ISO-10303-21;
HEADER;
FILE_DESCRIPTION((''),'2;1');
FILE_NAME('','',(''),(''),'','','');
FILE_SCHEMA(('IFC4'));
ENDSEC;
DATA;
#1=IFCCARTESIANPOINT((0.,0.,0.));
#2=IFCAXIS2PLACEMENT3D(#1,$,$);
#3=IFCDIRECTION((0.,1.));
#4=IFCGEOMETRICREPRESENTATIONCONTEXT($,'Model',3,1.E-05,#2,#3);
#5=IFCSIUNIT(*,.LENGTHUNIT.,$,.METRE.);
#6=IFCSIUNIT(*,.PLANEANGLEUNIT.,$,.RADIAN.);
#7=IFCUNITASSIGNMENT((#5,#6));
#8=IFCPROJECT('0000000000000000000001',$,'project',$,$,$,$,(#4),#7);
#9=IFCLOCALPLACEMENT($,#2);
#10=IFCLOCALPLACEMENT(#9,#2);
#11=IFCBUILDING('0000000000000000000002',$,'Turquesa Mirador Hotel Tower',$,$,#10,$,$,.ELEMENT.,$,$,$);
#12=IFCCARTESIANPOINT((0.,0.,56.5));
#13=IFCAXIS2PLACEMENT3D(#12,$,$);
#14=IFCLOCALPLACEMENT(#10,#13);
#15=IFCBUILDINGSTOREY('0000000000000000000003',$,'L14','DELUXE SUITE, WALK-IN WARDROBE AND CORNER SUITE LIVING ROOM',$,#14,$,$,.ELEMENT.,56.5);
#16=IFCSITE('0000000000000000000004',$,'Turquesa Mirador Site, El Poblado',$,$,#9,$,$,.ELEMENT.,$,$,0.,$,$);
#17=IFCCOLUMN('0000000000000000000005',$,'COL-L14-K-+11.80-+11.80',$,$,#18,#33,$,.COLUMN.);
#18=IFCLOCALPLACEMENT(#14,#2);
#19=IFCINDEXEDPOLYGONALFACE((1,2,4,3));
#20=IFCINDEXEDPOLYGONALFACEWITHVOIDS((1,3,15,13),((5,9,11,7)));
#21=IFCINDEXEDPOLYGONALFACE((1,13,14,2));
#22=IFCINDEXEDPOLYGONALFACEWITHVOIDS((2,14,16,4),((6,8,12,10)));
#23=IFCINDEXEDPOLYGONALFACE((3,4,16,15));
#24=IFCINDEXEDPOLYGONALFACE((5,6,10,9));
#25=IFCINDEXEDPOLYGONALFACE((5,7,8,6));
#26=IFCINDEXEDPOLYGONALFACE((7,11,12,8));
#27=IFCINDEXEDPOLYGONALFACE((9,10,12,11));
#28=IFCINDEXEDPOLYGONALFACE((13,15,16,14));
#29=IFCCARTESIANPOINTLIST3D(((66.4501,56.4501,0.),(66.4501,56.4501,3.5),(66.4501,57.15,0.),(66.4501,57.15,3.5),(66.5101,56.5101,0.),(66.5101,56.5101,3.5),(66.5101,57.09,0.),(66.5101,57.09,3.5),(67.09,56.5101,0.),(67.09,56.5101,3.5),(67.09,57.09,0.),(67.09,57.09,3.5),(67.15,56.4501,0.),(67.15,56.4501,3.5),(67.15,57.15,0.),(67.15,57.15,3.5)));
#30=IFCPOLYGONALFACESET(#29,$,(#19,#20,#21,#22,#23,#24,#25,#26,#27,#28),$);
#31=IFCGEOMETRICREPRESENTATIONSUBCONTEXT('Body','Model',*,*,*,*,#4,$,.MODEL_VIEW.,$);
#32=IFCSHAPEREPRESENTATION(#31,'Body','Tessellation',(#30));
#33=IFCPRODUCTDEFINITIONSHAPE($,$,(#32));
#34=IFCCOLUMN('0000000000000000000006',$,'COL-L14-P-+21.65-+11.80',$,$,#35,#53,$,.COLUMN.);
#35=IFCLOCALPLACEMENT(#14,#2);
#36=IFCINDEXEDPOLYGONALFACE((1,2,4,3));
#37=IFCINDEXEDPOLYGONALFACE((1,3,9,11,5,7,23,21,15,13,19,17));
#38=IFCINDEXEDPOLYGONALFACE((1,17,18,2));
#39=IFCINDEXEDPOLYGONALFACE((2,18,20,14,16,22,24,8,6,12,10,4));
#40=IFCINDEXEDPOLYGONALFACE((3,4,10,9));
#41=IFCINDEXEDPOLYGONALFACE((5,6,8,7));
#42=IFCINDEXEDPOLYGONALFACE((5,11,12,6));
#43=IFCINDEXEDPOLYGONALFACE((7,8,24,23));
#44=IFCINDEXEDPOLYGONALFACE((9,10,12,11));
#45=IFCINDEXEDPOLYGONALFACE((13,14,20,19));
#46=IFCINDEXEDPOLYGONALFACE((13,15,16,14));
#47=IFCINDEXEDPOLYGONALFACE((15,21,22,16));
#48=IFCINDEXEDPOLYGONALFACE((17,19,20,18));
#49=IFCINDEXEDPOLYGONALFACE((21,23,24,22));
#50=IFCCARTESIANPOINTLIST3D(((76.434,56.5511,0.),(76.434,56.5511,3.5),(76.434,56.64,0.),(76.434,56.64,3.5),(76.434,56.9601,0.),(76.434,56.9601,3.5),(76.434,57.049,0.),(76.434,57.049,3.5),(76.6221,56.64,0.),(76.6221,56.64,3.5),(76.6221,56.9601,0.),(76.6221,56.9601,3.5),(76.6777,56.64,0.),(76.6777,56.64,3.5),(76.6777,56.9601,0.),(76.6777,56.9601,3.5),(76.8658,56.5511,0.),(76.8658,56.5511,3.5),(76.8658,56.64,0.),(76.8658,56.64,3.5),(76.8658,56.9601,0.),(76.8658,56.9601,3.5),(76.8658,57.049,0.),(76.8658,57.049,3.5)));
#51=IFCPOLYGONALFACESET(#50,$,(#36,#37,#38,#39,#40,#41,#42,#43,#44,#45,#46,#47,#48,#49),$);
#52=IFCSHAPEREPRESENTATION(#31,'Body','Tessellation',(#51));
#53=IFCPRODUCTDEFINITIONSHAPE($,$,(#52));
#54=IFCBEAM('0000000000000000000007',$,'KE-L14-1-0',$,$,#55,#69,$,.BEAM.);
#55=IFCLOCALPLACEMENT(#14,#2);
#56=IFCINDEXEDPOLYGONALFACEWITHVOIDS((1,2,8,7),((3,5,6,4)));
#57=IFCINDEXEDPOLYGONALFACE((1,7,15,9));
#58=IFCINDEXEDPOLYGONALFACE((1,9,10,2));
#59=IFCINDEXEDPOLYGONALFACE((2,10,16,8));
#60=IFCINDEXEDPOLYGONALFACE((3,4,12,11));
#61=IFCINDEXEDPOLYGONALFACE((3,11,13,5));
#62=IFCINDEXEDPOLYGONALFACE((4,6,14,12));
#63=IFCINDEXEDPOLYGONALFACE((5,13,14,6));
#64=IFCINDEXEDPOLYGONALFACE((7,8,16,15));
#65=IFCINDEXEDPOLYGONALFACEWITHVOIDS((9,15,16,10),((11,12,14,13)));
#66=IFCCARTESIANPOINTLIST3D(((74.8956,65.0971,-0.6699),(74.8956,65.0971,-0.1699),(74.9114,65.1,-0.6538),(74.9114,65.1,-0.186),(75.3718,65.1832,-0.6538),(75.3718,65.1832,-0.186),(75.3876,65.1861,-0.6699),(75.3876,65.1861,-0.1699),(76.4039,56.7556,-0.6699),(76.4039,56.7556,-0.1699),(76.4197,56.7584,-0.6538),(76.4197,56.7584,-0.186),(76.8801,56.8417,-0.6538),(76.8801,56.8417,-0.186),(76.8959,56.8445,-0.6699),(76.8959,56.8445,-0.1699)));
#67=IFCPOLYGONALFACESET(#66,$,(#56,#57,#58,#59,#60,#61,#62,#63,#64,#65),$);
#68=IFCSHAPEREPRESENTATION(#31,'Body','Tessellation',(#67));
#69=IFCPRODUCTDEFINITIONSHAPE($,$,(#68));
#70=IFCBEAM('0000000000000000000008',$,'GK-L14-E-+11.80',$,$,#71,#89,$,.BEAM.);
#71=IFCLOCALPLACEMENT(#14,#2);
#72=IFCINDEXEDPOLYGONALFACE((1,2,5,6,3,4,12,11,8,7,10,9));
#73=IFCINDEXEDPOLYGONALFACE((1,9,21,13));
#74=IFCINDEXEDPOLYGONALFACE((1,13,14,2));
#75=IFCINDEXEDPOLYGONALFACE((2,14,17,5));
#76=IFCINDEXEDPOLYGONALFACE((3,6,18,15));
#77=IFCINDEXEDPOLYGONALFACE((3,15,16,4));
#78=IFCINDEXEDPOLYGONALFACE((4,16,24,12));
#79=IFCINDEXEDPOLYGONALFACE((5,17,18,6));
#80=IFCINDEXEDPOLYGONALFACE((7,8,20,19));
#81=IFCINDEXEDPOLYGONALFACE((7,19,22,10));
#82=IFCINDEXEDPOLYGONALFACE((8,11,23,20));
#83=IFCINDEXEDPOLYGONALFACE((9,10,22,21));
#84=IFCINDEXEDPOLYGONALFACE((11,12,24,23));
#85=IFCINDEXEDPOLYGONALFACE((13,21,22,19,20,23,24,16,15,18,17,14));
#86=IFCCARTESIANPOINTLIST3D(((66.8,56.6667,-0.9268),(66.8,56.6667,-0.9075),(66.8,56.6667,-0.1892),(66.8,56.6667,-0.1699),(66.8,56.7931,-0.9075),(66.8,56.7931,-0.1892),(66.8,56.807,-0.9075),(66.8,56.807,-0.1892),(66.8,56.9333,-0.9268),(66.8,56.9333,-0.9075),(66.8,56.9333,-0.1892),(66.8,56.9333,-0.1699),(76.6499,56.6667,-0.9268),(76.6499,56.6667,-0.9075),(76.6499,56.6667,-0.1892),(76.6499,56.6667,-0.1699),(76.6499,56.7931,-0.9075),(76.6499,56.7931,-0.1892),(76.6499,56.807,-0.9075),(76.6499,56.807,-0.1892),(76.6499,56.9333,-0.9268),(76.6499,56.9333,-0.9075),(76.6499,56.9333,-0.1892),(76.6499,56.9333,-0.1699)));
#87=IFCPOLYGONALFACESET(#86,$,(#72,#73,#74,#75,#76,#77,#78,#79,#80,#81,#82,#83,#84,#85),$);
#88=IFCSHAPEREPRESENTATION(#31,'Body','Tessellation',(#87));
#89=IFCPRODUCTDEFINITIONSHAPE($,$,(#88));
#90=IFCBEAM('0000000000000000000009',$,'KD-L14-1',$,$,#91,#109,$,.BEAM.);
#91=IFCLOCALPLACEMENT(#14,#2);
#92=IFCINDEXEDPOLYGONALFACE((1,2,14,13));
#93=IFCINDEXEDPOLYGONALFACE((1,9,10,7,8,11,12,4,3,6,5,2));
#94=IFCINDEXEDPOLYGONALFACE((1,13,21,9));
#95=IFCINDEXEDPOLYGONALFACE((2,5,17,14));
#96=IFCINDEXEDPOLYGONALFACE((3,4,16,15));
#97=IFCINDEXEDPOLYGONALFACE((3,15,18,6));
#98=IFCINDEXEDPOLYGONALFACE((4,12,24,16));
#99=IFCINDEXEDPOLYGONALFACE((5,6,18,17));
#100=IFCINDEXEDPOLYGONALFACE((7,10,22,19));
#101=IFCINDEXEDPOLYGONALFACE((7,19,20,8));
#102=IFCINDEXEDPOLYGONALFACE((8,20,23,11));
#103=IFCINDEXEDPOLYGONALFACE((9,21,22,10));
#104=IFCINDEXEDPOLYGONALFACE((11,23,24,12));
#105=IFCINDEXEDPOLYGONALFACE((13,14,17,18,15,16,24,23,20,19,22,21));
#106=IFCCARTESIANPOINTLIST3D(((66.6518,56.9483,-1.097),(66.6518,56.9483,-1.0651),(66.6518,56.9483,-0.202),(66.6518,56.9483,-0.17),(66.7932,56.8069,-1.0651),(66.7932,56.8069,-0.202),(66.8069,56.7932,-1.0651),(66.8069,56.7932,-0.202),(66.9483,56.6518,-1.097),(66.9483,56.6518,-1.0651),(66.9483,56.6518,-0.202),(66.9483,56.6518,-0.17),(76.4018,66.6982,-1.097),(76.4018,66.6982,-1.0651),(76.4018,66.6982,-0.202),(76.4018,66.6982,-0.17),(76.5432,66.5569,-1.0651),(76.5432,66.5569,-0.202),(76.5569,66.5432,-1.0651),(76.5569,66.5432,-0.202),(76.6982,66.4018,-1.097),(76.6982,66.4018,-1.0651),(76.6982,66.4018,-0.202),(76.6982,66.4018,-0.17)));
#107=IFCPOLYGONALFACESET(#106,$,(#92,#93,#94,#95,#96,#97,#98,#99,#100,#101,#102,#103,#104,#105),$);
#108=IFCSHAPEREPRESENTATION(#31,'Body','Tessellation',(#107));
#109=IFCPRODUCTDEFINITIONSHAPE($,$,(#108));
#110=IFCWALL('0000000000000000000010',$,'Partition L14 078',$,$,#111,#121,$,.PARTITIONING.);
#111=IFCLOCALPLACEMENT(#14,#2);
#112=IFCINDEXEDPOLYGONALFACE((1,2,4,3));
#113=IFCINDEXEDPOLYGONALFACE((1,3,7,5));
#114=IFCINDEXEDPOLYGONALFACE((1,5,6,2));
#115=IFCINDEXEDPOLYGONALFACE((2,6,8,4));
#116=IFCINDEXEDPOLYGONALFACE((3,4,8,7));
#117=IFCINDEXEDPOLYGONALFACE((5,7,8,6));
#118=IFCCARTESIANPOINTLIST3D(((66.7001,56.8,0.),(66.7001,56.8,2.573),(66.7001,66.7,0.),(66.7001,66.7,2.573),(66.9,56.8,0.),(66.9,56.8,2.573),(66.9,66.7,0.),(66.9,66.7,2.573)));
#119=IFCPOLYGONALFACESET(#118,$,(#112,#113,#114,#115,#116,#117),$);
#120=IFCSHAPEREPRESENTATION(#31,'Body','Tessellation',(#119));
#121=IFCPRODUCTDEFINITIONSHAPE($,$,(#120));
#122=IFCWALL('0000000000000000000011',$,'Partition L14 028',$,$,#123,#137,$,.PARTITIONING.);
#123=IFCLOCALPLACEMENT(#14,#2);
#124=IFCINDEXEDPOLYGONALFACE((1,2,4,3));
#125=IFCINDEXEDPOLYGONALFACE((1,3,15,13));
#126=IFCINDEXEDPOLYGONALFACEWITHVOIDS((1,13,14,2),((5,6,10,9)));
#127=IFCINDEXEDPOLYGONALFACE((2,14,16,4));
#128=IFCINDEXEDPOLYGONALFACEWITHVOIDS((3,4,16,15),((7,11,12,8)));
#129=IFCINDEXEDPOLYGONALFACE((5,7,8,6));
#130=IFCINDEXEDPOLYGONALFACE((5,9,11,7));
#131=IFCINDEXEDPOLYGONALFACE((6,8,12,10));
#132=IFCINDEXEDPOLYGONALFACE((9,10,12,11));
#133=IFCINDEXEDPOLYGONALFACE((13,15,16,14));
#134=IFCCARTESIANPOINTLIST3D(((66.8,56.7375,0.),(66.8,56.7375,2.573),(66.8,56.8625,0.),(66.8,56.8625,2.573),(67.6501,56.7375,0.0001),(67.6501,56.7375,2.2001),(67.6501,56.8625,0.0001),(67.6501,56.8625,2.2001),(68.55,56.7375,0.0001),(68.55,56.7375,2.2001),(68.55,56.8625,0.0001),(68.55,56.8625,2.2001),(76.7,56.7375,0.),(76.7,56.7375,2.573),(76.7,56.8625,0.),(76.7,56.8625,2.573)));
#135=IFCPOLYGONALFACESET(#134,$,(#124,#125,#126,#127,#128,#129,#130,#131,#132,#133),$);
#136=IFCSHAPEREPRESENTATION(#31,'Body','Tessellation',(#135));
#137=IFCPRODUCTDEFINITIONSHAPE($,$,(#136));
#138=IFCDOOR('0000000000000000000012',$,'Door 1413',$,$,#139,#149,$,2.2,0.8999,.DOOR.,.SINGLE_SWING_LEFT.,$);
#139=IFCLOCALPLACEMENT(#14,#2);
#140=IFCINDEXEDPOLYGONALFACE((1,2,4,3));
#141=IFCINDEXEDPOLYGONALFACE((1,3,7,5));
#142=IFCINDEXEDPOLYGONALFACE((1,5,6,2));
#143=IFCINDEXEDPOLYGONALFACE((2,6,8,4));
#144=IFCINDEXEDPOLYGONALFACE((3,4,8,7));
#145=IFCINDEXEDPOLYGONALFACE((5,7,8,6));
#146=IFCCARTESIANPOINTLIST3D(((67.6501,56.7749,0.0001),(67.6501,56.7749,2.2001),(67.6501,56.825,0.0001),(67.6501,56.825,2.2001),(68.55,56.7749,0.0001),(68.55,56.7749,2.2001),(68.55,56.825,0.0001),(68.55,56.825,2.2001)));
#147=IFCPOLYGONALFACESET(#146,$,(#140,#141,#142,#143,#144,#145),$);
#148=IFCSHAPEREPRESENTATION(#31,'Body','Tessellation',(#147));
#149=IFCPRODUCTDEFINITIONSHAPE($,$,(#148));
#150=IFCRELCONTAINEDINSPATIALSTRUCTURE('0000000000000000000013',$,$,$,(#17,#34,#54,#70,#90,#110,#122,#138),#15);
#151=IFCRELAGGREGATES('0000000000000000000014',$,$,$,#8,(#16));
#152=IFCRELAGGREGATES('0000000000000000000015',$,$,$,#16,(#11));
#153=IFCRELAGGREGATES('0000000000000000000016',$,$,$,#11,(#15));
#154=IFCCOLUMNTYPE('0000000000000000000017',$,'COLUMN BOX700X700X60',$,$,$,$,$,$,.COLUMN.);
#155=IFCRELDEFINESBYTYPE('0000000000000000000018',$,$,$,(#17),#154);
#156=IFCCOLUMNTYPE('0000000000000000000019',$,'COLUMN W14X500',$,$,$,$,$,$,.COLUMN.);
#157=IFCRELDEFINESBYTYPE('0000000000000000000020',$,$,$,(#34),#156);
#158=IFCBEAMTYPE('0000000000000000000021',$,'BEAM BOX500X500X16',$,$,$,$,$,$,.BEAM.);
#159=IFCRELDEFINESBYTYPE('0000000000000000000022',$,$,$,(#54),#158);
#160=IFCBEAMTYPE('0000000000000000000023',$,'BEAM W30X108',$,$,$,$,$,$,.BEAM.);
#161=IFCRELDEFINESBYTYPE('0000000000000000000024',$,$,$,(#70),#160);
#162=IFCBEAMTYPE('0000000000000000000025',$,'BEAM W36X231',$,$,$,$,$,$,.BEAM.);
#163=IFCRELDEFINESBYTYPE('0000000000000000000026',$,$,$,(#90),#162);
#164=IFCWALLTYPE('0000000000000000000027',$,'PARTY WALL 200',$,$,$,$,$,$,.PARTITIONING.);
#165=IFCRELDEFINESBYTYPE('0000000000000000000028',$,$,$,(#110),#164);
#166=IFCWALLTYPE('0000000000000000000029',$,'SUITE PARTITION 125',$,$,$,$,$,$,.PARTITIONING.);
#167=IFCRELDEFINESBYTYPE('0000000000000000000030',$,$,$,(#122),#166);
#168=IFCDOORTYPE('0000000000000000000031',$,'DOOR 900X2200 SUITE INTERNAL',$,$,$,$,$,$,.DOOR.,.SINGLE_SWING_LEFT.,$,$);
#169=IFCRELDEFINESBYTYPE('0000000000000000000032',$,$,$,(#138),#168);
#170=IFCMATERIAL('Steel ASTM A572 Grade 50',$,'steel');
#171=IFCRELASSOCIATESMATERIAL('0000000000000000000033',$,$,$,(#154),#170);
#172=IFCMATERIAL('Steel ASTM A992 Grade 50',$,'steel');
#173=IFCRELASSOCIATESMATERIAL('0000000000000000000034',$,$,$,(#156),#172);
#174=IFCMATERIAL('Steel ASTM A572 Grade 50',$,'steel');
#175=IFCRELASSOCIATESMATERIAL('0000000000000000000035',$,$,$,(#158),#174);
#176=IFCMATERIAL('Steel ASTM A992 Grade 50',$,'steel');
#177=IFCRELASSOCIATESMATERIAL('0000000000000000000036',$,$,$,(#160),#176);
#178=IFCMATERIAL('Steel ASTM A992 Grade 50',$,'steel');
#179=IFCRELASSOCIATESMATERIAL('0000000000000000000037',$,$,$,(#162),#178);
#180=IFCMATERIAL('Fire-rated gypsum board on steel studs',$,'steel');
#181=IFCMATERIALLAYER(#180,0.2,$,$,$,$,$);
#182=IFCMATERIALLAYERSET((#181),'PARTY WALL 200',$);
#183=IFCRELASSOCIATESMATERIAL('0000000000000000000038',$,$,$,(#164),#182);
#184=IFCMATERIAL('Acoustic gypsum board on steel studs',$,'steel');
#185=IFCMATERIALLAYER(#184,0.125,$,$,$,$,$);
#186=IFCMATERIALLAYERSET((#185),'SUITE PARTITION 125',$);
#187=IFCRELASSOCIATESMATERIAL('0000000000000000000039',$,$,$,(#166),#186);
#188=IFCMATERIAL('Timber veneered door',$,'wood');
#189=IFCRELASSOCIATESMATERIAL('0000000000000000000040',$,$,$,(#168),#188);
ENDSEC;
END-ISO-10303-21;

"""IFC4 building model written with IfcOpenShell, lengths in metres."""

from ifc_helpers import new_model, si_unit, direction, frame, frame_2d, origin, origin_2d, place, context, subcontext, project, spatial, rectangle, hollow_rectangle, i_section, extrude, material, layer, layer_set, material_profile, profile_set, type_object, element, fill, save


model = new_model("IFC4")

# Units and contexts
model_context = context("Model", 3, precision=1e-05, world=origin(), true_north=direction((0.0, 1.0)))
body_context = subcontext(model_context, "Body", "Model", "MODEL_VIEW")
ifc_project = project(units=[si_unit("LENGTHUNIT", "METRE"), si_unit("PLANEANGLEUNIT", "RADIAN")], contexts=[model_context])

# Site, building, storey
site_placement = place(None, origin())
site = spatial("IfcSite", under=ifc_project, at=site_placement, Name="Turquesa Mirador Site, El Poblado", CompositionType="ELEMENT", RefElevation=0.0)
building_placement = place(site_placement, origin())
building = spatial("IfcBuilding", under=site, at=building_placement, Name="Turquesa Mirador Hotel Tower", CompositionType="ELEMENT")
storey_placement = place(building_placement, frame((0.0, 0.0, 56.5)))
storey = spatial("IfcBuildingStorey", under=building, at=storey_placement, Name="L14", Description="DELUXE SUITE, WALK-IN WARDROBE AND CORNER SUITE LIVING ROOM", CompositionType="ELEMENT", Elevation=56.5)

# Columns
ifc_material_1 = material(Name="Steel ASTM A572 Grade 50", Category="steel")
ifc_material_profile_1 = material_profile(ifc_material_1, hollow_rectangle(XDim=0.7, YDim=0.7, WallThickness=0.0601, at=origin_2d()), Name="BOX700X700X60")
ifc_profile_set_1 = profile_set([ifc_material_profile_1], Name="Steel ASTM A572 Grade 50")
column_type_1 = type_object("IfcColumnType", Name="COLUMN BOX700X700X60", PredefinedType="COLUMN", material=ifc_profile_set_1)
column_1_placement = place(storey_placement, frame((66.8, 56.8, 0.0), z_axis=(0.0, 0.0, 1.0), x_axis=(1.0, 0.0, 0.0)))
element("IfcColumn", 1, at=column_1_placement, inside=storey, type_object=column_type_1, Name="COL-L14-K-+11.80-+11.80", PredefinedType="COLUMN", context=body_context, shape_type="SweptSolid", body=[
    extrude(hollow_rectangle(XDim=0.7, YDim=0.7, WallThickness=0.0601, at=origin_2d()), origin(), (0.0, 0.0, 1.0), 3.5),
])
ifc_material_2 = material(Name="Steel ASTM A992 Grade 50", Category="steel")
ifc_material_profile_2 = material_profile(ifc_material_2, i_section(OverallWidth=0.4319, OverallDepth=0.4978, WebThickness=0.0557, FlangeThickness=0.0889, at=origin_2d()), Name="W14X500")
ifc_profile_set_2 = profile_set([ifc_material_profile_2], Name="Steel ASTM A992 Grade 50")
column_type_2 = type_object("IfcColumnType", Name="COLUMN W14X500", PredefinedType="COLUMN", material=ifc_profile_set_2)
column_2_placement = place(storey_placement, frame((76.6499, 56.8, 0.0), z_axis=(0.0, 0.0, 1.0), x_axis=(1.0, 0.0, 0.0)))
element("IfcColumn", 2, at=column_2_placement, inside=storey, type_object=column_type_2, Name="COL-L14-P-+21.65-+11.80", PredefinedType="COLUMN", context=body_context, shape_type="SweptSolid", body=[
    extrude(i_section(OverallWidth=0.4319, OverallDepth=0.4978, WebThickness=0.0557, FlangeThickness=0.0889, at=origin_2d()), origin(), (0.0, 0.0, 1.0), 3.5),
])

# Beams
ifc_material_3 = material(Name="Steel ASTM A572 Grade 50", Category="steel")
ifc_material_profile_3 = material_profile(ifc_material_3, hollow_rectangle(XDim=0.5, YDim=0.5, WallThickness=0.0161, at=origin_2d()), Name="BOX500X500X16")
ifc_profile_set_3 = profile_set([ifc_material_profile_3], Name="Steel ASTM A572 Grade 50")
beam_type_1 = type_object("IfcBeamType", Name="BEAM BOX500X500X16", PredefinedType="BEAM", material=ifc_profile_set_3)
beam_1_placement = place(storey_placement, frame((76.6499, 56.8, -0.4199), z_axis=(-0.177932, 0.984043, 0.0), x_axis=(-0.984043, -0.177932, 0.0)))
element("IfcBeam", 3, at=beam_1_placement, inside=storey, type_object=beam_type_1, Name="KE-L14-1-0", PredefinedType="BEAM", context=body_context, shape_type="SweptSolid", body=[
    extrude(hollow_rectangle(XDim=0.5, YDim=0.5, WallThickness=0.0161, at=origin_2d()), origin(), (0.0, 0.0, 1.0), 8.4768),
])
ifc_material_4 = material(Name="Steel ASTM A992 Grade 50", Category="steel")
ifc_material_profile_4 = material_profile(ifc_material_4, i_section(OverallWidth=0.2666, OverallDepth=0.7568, WebThickness=0.0139, FlangeThickness=0.0193, at=origin_2d()), Name="W30X108")
ifc_profile_set_4 = profile_set([ifc_material_profile_4], Name="Steel ASTM A992 Grade 50")
beam_type_2 = type_object("IfcBeamType", Name="BEAM W30X108", PredefinedType="BEAM", material=ifc_profile_set_4)
beam_2_placement = place(storey_placement, frame((76.6499, 56.8, -0.5483), z_axis=(-1.0, 0.0, 0.0), x_axis=(0.0, -1.0, 0.0)))
element("IfcBeam", 4, at=beam_2_placement, inside=storey, type_object=beam_type_2, Name="GK-L14-E-+11.80", PredefinedType="BEAM", context=body_context, shape_type="SweptSolid", body=[
    extrude(i_section(OverallWidth=0.2666, OverallDepth=0.7568, WebThickness=0.0139, FlangeThickness=0.0193, at=origin_2d()), origin(), (0.0, 0.0, 1.0), 9.8499),
])
ifc_material_5 = material(Name="Steel ASTM A992 Grade 50", Category="steel")
ifc_material_profile_5 = material_profile(ifc_material_5, i_section(OverallWidth=0.4192, OverallDepth=0.927, WebThickness=0.0193, FlangeThickness=0.032, at=origin_2d()), Name="W36X231")
ifc_profile_set_5 = profile_set([ifc_material_profile_5], Name="Steel ASTM A992 Grade 50")
beam_type_3 = type_object("IfcBeamType", Name="BEAM W36X231", PredefinedType="BEAM", material=ifc_profile_set_5)
beam_3_placement = place(storey_placement, frame((66.8, 56.8, -0.6335), z_axis=(0.707107, 0.707107, 0.0), x_axis=(-0.707107, 0.707107, 0.0)))
element("IfcBeam", 5, at=beam_3_placement, inside=storey, type_object=beam_type_3, Name="KD-L14-1", PredefinedType="BEAM", context=body_context, shape_type="SweptSolid", body=[
    extrude(i_section(OverallWidth=0.4192, OverallDepth=0.927, WebThickness=0.0193, FlangeThickness=0.032, at=origin_2d()), origin(), (0.0, 0.0, 1.0), 13.7886),
])

# Wall
ifc_material_6 = material(Name="Fire-rated gypsum board on steel studs", Category="steel")
ifc_layer_1 = layer(ifc_material_6, 0.2)
ifc_layer_set_1 = layer_set([ifc_layer_1], Name="PARTY WALL 200")
wall_type_1 = type_object("IfcWallType", Name="PARTY WALL 200", PredefinedType="PARTITIONING", material=ifc_layer_set_1)
wall_1_placement = place(storey_placement, frame((66.8, 56.8, 0.0), z_axis=(0.0, 0.0, 1.0), x_axis=(0.0, 1.0, 0.0)))
element("IfcWall", 6, at=wall_1_placement, inside=storey, type_object=wall_type_1, Name="Partition L14 078", PredefinedType="PARTITIONING", context=body_context, shape_type="SweptSolid", body=[
    extrude(rectangle(XDim=9.8999, YDim=0.2, at=frame_2d((4.95, 0.0))), origin(), (0.0, 0.0, 1.0), 2.573),
])

# Wall, opening, door
ifc_material_7 = material(Name="Acoustic gypsum board on steel studs", Category="steel")
ifc_layer_2 = layer(ifc_material_7, 0.125)
ifc_layer_set_2 = layer_set([ifc_layer_2], Name="SUITE PARTITION 125")
wall_type_2 = type_object("IfcWallType", Name="SUITE PARTITION 125", PredefinedType="PARTITIONING", material=ifc_layer_set_2)
wall_2_placement = place(storey_placement, frame((66.8, 56.8, 0.0), z_axis=(0.0, 0.0, 1.0), x_axis=(1.0, 0.0, 0.0)))
wall_2 = element("IfcWall", 7, at=wall_2_placement, inside=storey, type_object=wall_type_2, Name="Partition L14 028", PredefinedType="PARTITIONING", context=body_context, shape_type="SweptSolid", body=[
    extrude(rectangle(XDim=9.8999, YDim=0.125, at=frame_2d((4.95, 0.0))), origin(), (0.0, 0.0, 1.0), 2.573),
])
opening_1_placement = place(wall_2_placement, frame((0.8501, 0.0, 0.0)))
opening_1 = element("IfcOpeningElement", 8, at=opening_1_placement, cuts=wall_2, PredefinedType="OPENING", context=body_context, shape_type="SweptSolid", body=[
    extrude(rectangle(XDim=0.8999, YDim=2.2, at=frame_2d((0.45, 1.1001))), frame((0.0, 0.0725, 0.0), z_axis=(0.0, -1.0, 0.0), x_axis=(1.0, 0.0, 0.0)), (0.0, 0.0, 1.0), 0.145),
])
ifc_material_8 = material(Name="Timber veneered door", Category="wood")
door_type = type_object("IfcDoorType", Name="DOOR 900X2200 SUITE INTERNAL", OperationType="SINGLE_SWING_LEFT", PredefinedType="DOOR", material=ifc_material_8)
door_1_placement = place(opening_1_placement, origin())
door_1 = element("IfcDoor", 9, at=door_1_placement, inside=storey, type_object=door_type, Name="Door 1413", OperationType="SINGLE_SWING_LEFT", OverallHeight=2.2, OverallWidth=0.8999, PredefinedType="DOOR", context=body_context, shape_type="SweptSolid", body=[
    extrude(rectangle(XDim=0.8999, YDim=2.2, at=frame_2d((0.45, 1.1001))), frame((0.0, 0.0249, 0.0), z_axis=(0.0, -1.0, 0.0), x_axis=(1.0, 0.0, 0.0)), (0.0, 0.0, 1.0), 0.05),
])
fill(opening_1, door_1)

save(model, "model.ifc")
